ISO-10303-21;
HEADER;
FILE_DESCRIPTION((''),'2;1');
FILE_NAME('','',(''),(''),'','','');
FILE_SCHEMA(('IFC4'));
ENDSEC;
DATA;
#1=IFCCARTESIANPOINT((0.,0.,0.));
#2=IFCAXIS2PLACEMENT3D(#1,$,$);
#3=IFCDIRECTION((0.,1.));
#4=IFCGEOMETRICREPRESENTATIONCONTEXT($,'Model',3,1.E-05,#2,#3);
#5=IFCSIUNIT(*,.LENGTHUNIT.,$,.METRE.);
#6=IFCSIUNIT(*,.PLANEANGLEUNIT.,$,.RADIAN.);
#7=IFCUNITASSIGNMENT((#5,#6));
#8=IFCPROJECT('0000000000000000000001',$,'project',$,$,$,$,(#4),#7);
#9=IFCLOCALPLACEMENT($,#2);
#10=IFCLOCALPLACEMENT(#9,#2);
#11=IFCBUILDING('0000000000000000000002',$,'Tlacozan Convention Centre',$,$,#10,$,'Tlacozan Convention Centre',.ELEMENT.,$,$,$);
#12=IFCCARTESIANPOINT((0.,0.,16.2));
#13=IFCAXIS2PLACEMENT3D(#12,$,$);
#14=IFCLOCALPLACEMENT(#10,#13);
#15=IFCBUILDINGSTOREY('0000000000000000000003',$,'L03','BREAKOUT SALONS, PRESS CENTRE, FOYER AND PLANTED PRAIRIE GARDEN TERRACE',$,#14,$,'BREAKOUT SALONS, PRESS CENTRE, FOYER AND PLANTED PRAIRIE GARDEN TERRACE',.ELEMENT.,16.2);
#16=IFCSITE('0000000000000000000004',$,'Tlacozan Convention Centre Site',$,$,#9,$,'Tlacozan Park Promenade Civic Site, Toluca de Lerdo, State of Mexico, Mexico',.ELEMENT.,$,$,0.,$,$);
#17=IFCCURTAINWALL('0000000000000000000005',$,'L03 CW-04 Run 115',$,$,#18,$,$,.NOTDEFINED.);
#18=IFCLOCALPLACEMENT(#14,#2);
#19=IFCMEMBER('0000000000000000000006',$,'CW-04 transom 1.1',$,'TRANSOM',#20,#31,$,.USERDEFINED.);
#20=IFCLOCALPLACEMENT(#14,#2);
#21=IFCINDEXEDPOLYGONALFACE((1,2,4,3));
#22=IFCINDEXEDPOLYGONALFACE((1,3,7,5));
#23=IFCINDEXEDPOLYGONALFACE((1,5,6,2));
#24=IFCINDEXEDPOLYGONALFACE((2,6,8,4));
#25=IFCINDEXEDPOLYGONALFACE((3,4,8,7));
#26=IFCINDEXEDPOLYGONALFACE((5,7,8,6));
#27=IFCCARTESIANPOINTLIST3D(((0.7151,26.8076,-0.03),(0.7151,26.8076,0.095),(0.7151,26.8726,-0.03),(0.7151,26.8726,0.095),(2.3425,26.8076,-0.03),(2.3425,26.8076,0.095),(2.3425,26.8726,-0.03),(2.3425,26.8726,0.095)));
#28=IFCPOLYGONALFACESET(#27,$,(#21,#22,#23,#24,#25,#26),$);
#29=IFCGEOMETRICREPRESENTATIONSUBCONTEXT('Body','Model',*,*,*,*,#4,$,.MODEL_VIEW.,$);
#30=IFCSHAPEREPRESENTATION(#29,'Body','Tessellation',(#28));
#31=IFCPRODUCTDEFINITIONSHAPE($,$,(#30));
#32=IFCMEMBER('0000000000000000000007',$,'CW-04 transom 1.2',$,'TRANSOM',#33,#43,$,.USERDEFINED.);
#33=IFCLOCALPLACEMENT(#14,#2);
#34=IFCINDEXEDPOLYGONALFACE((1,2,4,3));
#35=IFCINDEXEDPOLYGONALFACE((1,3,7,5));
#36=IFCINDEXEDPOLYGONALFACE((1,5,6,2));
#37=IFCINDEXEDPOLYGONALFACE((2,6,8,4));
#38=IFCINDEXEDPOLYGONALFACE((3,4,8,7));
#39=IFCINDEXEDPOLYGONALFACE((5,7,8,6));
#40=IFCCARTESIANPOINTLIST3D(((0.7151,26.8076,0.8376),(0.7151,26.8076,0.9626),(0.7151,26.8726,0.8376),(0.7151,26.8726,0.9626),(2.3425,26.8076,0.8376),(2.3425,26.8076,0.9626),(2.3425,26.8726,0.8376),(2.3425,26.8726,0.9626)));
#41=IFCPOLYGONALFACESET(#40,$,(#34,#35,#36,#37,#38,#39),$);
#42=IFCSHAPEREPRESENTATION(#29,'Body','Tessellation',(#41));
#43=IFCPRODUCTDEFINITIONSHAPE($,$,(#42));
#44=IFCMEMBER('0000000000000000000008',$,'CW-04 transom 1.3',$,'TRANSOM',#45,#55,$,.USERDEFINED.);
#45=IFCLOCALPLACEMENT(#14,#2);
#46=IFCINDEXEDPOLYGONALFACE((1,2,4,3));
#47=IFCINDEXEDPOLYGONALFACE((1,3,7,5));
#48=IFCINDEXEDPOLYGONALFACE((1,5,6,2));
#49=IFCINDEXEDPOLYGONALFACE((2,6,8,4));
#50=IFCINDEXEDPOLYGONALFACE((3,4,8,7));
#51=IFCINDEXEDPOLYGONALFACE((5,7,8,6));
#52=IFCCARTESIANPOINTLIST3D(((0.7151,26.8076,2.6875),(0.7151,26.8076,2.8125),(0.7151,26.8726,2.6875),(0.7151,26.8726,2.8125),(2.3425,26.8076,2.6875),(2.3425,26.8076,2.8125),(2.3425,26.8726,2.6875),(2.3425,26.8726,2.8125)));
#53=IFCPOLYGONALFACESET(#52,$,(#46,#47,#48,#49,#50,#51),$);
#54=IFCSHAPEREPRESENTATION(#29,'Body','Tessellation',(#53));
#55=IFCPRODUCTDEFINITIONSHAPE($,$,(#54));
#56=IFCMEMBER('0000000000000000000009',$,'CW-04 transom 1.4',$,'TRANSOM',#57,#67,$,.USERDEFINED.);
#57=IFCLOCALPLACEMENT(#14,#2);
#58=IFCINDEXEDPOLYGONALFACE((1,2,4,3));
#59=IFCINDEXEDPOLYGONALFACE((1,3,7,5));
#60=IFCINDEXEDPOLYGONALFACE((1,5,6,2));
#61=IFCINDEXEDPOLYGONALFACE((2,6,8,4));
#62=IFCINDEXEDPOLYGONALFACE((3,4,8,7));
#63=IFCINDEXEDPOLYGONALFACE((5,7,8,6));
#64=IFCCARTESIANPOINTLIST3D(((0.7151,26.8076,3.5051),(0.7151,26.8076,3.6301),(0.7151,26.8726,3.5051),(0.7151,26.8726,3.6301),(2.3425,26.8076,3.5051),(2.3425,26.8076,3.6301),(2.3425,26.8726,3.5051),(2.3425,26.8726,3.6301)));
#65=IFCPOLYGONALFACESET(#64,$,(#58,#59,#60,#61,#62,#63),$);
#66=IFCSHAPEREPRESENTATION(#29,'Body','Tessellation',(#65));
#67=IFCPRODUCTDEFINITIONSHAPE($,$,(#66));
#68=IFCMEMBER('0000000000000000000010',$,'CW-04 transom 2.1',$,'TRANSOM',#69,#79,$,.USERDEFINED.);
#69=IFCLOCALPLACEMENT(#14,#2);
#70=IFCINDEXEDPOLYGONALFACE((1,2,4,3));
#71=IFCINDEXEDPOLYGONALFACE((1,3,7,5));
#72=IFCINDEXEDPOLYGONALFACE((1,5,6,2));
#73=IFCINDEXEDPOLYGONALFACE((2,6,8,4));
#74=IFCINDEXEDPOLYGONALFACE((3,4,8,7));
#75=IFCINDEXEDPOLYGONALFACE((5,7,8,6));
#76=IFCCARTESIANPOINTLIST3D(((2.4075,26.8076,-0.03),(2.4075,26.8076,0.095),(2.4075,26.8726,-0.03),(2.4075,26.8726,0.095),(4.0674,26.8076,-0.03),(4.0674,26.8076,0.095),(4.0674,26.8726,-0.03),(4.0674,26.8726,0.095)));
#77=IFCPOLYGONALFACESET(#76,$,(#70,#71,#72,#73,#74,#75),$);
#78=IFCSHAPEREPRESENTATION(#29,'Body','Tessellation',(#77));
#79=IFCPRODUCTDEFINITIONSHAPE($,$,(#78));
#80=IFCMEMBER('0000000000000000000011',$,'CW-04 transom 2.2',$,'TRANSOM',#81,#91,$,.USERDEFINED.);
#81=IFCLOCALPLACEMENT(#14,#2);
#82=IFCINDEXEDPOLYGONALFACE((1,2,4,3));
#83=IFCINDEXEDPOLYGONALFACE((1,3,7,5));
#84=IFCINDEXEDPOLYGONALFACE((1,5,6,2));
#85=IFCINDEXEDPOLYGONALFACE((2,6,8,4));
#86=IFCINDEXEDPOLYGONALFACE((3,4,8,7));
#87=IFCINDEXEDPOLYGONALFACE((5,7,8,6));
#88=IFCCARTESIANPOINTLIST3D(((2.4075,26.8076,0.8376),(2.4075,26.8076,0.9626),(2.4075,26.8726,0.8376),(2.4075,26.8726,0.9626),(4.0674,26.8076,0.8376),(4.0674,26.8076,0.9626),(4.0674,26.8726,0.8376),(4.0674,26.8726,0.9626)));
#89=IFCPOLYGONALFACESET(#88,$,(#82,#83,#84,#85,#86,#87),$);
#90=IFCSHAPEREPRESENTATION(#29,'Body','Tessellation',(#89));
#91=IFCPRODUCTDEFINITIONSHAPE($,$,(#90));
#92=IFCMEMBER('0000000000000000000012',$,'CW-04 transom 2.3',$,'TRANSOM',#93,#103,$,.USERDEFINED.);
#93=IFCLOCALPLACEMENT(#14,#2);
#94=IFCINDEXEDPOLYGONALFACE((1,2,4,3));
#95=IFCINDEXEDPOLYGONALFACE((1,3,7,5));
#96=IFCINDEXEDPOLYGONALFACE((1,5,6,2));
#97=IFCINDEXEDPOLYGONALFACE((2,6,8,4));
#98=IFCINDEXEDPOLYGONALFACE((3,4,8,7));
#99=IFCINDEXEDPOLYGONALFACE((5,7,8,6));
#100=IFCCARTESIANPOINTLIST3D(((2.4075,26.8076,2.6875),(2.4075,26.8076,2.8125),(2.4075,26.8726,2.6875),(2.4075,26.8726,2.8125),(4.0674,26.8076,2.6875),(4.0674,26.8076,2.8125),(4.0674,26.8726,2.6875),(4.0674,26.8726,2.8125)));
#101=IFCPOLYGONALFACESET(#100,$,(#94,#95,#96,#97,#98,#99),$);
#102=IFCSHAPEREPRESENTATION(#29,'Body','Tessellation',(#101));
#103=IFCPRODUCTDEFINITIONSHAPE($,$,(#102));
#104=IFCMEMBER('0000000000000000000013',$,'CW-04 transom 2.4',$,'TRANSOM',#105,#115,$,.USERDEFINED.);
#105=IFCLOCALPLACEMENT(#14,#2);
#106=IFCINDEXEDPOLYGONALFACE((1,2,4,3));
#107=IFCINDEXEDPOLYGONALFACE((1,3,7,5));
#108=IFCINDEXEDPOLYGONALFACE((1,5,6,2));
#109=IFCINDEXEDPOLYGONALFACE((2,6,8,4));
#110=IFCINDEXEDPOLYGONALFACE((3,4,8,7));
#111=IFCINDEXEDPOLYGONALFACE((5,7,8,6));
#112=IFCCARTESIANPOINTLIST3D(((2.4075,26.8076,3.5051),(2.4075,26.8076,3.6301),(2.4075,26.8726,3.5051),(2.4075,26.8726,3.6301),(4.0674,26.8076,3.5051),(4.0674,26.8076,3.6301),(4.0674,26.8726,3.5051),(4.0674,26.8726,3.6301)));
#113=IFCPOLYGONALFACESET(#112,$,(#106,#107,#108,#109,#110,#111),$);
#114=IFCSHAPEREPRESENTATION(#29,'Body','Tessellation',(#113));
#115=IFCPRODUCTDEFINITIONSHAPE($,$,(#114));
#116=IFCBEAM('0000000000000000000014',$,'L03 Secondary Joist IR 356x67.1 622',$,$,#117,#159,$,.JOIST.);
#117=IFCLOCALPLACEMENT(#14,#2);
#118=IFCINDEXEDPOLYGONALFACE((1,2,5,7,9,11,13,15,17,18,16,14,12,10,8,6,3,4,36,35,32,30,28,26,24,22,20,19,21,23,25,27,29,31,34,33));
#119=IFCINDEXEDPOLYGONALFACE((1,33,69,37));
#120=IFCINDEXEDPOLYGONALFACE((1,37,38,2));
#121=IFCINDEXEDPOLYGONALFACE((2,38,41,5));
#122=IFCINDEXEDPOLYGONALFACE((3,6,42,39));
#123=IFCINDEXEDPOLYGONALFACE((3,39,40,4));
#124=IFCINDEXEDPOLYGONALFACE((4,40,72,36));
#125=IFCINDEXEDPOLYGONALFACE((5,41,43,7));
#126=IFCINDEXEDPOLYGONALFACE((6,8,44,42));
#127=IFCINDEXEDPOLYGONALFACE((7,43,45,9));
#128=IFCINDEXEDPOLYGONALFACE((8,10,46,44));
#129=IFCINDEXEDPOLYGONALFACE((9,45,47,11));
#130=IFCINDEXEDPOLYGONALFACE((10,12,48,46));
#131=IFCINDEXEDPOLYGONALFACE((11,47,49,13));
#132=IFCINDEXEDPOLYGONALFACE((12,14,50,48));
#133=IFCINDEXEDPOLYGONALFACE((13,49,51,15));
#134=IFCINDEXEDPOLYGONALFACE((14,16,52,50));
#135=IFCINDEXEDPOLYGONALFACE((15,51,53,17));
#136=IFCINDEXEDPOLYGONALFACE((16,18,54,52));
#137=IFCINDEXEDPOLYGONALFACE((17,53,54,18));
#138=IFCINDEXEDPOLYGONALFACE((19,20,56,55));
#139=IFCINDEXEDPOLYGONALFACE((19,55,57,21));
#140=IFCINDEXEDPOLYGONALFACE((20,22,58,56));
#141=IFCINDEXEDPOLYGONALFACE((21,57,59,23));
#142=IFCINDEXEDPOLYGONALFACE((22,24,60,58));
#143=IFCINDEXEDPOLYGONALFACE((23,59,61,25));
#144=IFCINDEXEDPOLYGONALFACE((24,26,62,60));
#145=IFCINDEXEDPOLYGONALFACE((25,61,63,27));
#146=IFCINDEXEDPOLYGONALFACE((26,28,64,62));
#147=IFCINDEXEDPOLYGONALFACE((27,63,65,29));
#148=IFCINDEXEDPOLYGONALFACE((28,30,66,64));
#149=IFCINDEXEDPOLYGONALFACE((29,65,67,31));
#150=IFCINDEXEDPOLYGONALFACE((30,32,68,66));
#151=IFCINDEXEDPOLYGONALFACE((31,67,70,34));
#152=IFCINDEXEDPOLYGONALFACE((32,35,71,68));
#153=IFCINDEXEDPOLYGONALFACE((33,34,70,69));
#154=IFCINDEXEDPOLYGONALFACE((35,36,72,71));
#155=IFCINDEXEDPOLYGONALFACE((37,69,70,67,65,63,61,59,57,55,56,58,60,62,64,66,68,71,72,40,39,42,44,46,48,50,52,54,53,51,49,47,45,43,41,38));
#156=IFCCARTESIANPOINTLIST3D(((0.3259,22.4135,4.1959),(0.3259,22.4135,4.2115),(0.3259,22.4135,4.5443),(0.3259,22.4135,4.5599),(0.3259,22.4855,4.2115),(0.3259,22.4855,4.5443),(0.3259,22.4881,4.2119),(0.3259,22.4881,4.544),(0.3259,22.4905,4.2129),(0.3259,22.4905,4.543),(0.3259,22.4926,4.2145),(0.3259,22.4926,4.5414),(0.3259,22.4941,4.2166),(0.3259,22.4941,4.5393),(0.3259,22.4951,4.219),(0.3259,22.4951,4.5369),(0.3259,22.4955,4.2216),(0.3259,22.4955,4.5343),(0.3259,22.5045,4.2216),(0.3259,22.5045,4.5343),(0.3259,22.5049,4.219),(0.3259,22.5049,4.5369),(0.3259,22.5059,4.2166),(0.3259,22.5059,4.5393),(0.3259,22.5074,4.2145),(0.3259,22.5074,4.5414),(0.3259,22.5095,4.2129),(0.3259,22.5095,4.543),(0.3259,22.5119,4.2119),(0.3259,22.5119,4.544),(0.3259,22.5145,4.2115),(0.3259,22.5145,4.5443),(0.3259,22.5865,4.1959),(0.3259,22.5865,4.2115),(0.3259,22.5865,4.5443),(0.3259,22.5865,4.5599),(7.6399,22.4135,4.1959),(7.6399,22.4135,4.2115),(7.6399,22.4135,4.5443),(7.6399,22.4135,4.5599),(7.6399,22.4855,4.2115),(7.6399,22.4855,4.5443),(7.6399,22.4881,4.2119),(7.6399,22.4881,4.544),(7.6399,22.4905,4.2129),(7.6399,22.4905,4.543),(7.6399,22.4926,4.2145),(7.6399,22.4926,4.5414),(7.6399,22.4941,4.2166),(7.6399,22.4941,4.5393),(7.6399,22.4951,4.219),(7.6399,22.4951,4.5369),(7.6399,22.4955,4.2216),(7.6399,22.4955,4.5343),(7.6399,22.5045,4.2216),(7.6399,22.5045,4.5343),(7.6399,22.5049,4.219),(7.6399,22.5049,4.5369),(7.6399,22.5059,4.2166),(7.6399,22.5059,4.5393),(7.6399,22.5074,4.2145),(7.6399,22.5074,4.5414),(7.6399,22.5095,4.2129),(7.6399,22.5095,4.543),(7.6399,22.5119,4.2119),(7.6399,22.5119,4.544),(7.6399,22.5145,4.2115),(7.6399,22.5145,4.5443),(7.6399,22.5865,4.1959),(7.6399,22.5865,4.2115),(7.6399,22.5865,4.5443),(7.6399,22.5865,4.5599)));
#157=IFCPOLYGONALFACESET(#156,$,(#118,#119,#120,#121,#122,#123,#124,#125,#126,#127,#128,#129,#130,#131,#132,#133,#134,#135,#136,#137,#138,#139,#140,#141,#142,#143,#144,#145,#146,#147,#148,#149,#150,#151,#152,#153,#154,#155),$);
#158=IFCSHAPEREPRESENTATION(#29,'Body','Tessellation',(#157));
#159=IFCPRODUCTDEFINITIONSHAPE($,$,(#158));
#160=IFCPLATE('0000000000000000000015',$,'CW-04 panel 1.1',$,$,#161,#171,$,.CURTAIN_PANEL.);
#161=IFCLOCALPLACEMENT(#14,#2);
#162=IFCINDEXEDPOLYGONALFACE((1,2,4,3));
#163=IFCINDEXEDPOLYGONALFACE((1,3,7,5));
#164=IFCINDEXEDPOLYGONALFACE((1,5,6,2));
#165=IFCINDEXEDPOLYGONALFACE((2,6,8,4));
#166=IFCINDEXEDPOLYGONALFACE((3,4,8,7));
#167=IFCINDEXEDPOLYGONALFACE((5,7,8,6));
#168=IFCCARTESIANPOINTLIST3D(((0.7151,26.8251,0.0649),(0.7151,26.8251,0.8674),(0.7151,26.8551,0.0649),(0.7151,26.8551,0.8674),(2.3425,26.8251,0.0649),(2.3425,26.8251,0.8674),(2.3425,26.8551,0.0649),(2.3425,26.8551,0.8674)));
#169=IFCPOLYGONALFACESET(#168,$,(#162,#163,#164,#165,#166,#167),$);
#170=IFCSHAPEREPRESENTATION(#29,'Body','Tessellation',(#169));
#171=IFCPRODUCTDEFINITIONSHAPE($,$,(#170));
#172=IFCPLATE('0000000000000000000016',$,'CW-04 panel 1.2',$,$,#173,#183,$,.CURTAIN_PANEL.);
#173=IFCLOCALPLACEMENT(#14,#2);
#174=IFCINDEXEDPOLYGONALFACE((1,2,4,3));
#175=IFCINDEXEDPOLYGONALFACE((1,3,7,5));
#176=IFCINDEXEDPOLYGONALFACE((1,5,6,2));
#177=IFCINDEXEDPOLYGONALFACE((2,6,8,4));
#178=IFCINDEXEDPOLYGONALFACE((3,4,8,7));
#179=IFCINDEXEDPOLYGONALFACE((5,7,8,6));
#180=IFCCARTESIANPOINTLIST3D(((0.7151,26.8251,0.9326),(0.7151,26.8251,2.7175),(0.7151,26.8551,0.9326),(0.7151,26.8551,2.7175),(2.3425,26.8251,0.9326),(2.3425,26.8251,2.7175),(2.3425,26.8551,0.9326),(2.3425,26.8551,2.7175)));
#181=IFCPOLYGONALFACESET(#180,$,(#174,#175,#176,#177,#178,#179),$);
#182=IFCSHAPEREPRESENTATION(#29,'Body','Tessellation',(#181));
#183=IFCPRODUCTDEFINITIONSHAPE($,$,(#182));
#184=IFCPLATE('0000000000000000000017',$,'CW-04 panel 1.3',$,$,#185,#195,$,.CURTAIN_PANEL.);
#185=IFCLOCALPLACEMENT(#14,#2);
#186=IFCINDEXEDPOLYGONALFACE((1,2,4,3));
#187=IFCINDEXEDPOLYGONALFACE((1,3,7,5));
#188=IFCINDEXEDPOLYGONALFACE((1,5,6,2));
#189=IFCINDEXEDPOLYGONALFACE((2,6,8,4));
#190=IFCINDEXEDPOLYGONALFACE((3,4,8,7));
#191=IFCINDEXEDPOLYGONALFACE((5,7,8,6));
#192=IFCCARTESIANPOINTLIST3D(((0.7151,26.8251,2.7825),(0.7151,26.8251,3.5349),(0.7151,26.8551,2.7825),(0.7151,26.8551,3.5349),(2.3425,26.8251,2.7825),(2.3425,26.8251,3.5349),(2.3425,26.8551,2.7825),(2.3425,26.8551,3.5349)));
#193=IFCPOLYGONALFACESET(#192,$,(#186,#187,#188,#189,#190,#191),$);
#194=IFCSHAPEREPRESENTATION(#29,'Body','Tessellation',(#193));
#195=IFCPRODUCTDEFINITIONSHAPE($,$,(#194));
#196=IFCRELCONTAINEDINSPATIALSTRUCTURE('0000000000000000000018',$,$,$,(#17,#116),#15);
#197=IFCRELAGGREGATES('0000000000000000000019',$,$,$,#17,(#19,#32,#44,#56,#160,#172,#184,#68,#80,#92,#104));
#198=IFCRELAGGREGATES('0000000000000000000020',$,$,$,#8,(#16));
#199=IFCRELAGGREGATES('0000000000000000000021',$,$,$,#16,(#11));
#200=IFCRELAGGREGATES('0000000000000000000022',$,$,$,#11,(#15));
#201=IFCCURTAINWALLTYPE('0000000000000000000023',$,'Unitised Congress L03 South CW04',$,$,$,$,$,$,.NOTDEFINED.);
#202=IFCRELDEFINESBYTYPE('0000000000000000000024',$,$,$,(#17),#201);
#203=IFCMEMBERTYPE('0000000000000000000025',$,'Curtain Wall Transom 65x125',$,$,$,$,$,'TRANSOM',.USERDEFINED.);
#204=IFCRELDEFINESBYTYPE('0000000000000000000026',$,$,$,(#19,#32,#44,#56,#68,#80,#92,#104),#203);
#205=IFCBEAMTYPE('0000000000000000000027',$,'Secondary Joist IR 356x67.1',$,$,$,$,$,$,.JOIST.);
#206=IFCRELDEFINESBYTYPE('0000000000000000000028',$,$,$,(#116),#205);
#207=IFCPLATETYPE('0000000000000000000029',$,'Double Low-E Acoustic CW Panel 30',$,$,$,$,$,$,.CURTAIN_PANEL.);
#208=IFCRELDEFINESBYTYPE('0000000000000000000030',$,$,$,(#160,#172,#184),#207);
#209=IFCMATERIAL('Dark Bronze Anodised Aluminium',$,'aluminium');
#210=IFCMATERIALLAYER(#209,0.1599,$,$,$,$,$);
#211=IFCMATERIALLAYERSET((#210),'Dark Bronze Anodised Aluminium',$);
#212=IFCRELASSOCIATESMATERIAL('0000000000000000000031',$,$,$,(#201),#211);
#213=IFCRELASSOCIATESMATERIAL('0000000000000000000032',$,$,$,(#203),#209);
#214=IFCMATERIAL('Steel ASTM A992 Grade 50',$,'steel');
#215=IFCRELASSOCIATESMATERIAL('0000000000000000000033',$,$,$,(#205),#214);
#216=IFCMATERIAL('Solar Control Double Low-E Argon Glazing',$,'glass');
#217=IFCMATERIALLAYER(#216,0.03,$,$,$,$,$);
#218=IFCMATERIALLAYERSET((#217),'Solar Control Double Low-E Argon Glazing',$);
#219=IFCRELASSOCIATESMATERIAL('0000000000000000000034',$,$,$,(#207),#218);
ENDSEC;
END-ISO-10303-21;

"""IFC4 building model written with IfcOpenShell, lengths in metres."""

from ifc_helpers import new_model, si_unit, direction, frame, origin, origin_2d, place, context, subcontext, project, spatial, rectangle, i_section, extrude, material, layer, layer_set, material_profile, profile_set, type_object, element, aggregate, save


model = new_model("IFC4")

# Units and contexts
model_context = context("Model", 3, precision=1e-05, world=origin(), true_north=direction((0.0, 1.0)))
body_context = subcontext(model_context, "Body", "Model", "MODEL_VIEW")
ifc_project = project(units=[si_unit("LENGTHUNIT", "METRE"), si_unit("PLANEANGLEUNIT", "RADIAN")], contexts=[model_context])

# Site, building, storey
site_placement = place(None, origin())
site = spatial("IfcSite", under=ifc_project, at=site_placement, Name="Tlacozan Convention Centre Site", LongName="Tlacozan Park Promenade Civic Site, Toluca de Lerdo, State of Mexico, Mexico", CompositionType="ELEMENT", RefElevation=0.0)
building_placement = place(site_placement, origin())
building = spatial("IfcBuilding", under=site, at=building_placement, Name="Tlacozan Convention Centre", LongName="Tlacozan Convention Centre", CompositionType="ELEMENT")
storey_placement = place(building_placement, frame((0.0, 0.0, 16.2)))
storey = spatial("IfcBuildingStorey", under=building, at=storey_placement, Name="L03", Description="BREAKOUT SALONS, PRESS CENTRE, FOYER AND PLANTED PRAIRIE GARDEN TERRACE", LongName="BREAKOUT SALONS, PRESS CENTRE, FOYER AND PLANTED PRAIRIE GARDEN TERRACE", CompositionType="ELEMENT", Elevation=16.2)

# Curtain wall, members
ifc_material_1 = material(Name="Dark Bronze Anodised Aluminium", Category="aluminium")
ifc_layer_1 = layer(ifc_material_1, 0.1599)
ifc_layer_set_1 = layer_set([ifc_layer_1], Name="Dark Bronze Anodised Aluminium")
curtain_wall_type_1 = type_object("IfcCurtainWallType", Name="Unitised Congress L03 South CW04", PredefinedType="NOTDEFINED", material=ifc_layer_set_1)
curtain_wall_1_placement = place(storey_placement, origin())
curtain_wall_1 = element("IfcCurtainWall", 1, at=curtain_wall_1_placement, inside=storey, type_object=curtain_wall_type_1, Name="L03 CW-04 Run 115", PredefinedType="NOTDEFINED")
ifc_material_profile_1 = material_profile(ifc_material_1, rectangle(XDim=0.0649, YDim=0.125, at=origin_2d()), Name="ALU 65x125")
ifc_profile_set_1 = profile_set([ifc_material_profile_1], Name="Dark Bronze Anodised Aluminium")
member_type_1 = type_object("IfcMemberType", Name="Curtain Wall Transom 65x125", ElementType="TRANSOM", PredefinedType="USERDEFINED", material=ifc_profile_set_1)
member_1_placement = place(storey_placement, frame((0.7151, 26.8401, 0.0325), z_axis=(1.0, 0.0, 0.0), x_axis=(0.0, 1.0, 0.0)))
member_1 = element("IfcMember", 2, at=member_1_placement, type_object=member_type_1, Name="CW-04 transom 1.1", ObjectType="TRANSOM", PredefinedType="USERDEFINED", context=body_context, shape_type="SweptSolid", body=[
    extrude(rectangle(XDim=0.0649, YDim=0.125, at=origin_2d()), origin(), (0.0, 0.0, 1.0), 1.6274),
])
member_2_placement = place(storey_placement, frame((0.7151, 26.8401, 0.9001), z_axis=(1.0, 0.0, 0.0), x_axis=(0.0, 1.0, 0.0)))
member_2 = element("IfcMember", 3, at=member_2_placement, type_object=member_type_1, Name="CW-04 transom 1.2", ObjectType="TRANSOM", PredefinedType="USERDEFINED", context=body_context, shape_type="SweptSolid", body=[
    extrude(rectangle(XDim=0.0649, YDim=0.125, at=origin_2d()), origin(), (0.0, 0.0, 1.0), 1.6274),
])
member_3_placement = place(storey_placement, frame((0.7151, 26.8401, 2.75), z_axis=(1.0, 0.0, 0.0), x_axis=(0.0, 1.0, 0.0)))
member_3 = element("IfcMember", 4, at=member_3_placement, type_object=member_type_1, Name="CW-04 transom 1.3", ObjectType="TRANSOM", PredefinedType="USERDEFINED", context=body_context, shape_type="SweptSolid", body=[
    extrude(rectangle(XDim=0.0649, YDim=0.125, at=origin_2d()), origin(), (0.0, 0.0, 1.0), 1.6274),
])
member_4_placement = place(storey_placement, frame((0.7151, 26.8401, 3.5676), z_axis=(1.0, 0.0, 0.0), x_axis=(0.0, 1.0, 0.0)))
member_4 = element("IfcMember", 5, at=member_4_placement, type_object=member_type_1, Name="CW-04 transom 1.4", ObjectType="TRANSOM", PredefinedType="USERDEFINED", context=body_context, shape_type="SweptSolid", body=[
    extrude(rectangle(XDim=0.0649, YDim=0.125, at=origin_2d()), origin(), (0.0, 0.0, 1.0), 1.6274),
])
member_5_placement = place(storey_placement, frame((2.4075, 26.8401, 0.0325), z_axis=(1.0, 0.0, 0.0), x_axis=(0.0, 1.0, 0.0)))
member_5 = element("IfcMember", 6, at=member_5_placement, type_object=member_type_1, Name="CW-04 transom 2.1", ObjectType="TRANSOM", PredefinedType="USERDEFINED", context=body_context, shape_type="SweptSolid", body=[
    extrude(rectangle(XDim=0.0649, YDim=0.125, at=origin_2d()), origin(), (0.0, 0.0, 1.0), 1.6599),
])
member_6_placement = place(storey_placement, frame((2.4075, 26.8401, 0.9001), z_axis=(1.0, 0.0, 0.0), x_axis=(0.0, 1.0, 0.0)))
member_6 = element("IfcMember", 7, at=member_6_placement, type_object=member_type_1, Name="CW-04 transom 2.2", ObjectType="TRANSOM", PredefinedType="USERDEFINED", context=body_context, shape_type="SweptSolid", body=[
    extrude(rectangle(XDim=0.0649, YDim=0.125, at=origin_2d()), origin(), (0.0, 0.0, 1.0), 1.6599),
])
member_7_placement = place(storey_placement, frame((2.4075, 26.8401, 2.75), z_axis=(1.0, 0.0, 0.0), x_axis=(0.0, 1.0, 0.0)))
member_7 = element("IfcMember", 8, at=member_7_placement, type_object=member_type_1, Name="CW-04 transom 2.3", ObjectType="TRANSOM", PredefinedType="USERDEFINED", context=body_context, shape_type="SweptSolid", body=[
    extrude(rectangle(XDim=0.0649, YDim=0.125, at=origin_2d()), origin(), (0.0, 0.0, 1.0), 1.6599),
])
member_8_placement = place(storey_placement, frame((2.4075, 26.8401, 3.5676), z_axis=(1.0, 0.0, 0.0), x_axis=(0.0, 1.0, 0.0)))
member_8 = element("IfcMember", 9, at=member_8_placement, type_object=member_type_1, Name="CW-04 transom 2.4", ObjectType="TRANSOM", PredefinedType="USERDEFINED", context=body_context, shape_type="SweptSolid", body=[
    extrude(rectangle(XDim=0.0649, YDim=0.125, at=origin_2d()), origin(), (0.0, 0.0, 1.0), 1.6599),
])

# Beam
ifc_material_2 = material(Name="Steel ASTM A992 Grade 50", Category="steel")
ifc_material_profile_2 = material_profile(ifc_material_2, i_section(OverallWidth=0.1731, OverallDepth=0.364, WebThickness=0.009, FlangeThickness=0.0156, FilletRadius=0.01, at=origin_2d()), Name="IR 356x67.1")
ifc_profile_set_2 = profile_set([ifc_material_profile_2], Name="Steel ASTM A992 Grade 50")
beam_type = type_object("IfcBeamType", Name="Secondary Joist IR 356x67.1", PredefinedType="JOIST", material=ifc_profile_set_2)
beam_placement = place(storey_placement, frame((0.3259, 22.5, 4.3779), z_axis=(1.0, 0.0, 0.0), x_axis=(0.0, 1.0, 0.0)))
element("IfcBeam", 10, at=beam_placement, inside=storey, type_object=beam_type, Name="L03 Secondary Joist IR 356x67.1 622", PredefinedType="JOIST", context=body_context, shape_type="SweptSolid", body=[
    extrude(i_section(OverallWidth=0.1731, OverallDepth=0.364, WebThickness=0.009, FlangeThickness=0.0156, FilletRadius=0.01, at=origin_2d()), origin(), (0.0, 0.0, 1.0), 7.314),
])

# Plates
ifc_material_3 = material(Name="Solar Control Double Low-E Argon Glazing", Category="glass")
ifc_layer_2 = layer(ifc_material_3, 0.03)
ifc_layer_set_2 = layer_set([ifc_layer_2], Name="Solar Control Double Low-E Argon Glazing")
plate_type_1 = type_object("IfcPlateType", Name="Double Low-E Acoustic CW Panel 30", PredefinedType="CURTAIN_PANEL", material=ifc_layer_set_2)
plate_1_placement = place(storey_placement, frame((1.5288, 26.8401, 0.0649), z_axis=(0.0, 0.0, 1.0), x_axis=(1.0, 0.0, 0.0)))
plate_1 = element("IfcPlate", 11, at=plate_1_placement, type_object=plate_type_1, Name="CW-04 panel 1.1", PredefinedType="CURTAIN_PANEL", context=body_context, shape_type="SweptSolid", body=[
    extrude(rectangle(XDim=1.6274, YDim=0.03, at=origin_2d()), origin(), (0.0, 0.0, 1.0), 0.8025),
])
plate_2_placement = place(storey_placement, frame((1.5288, 26.8401, 0.9326), z_axis=(0.0, 0.0, 1.0), x_axis=(1.0, 0.0, 0.0)))
plate_2 = element("IfcPlate", 12, at=plate_2_placement, type_object=plate_type_1, Name="CW-04 panel 1.2", PredefinedType="CURTAIN_PANEL", context=body_context, shape_type="SweptSolid", body=[
    extrude(rectangle(XDim=1.6274, YDim=0.03, at=origin_2d()), origin(), (0.0, 0.0, 1.0), 1.7849),
])
plate_3_placement = place(storey_placement, frame((1.5288, 26.8401, 2.7825), z_axis=(0.0, 0.0, 1.0), x_axis=(1.0, 0.0, 0.0)))
plate_3 = element("IfcPlate", 13, at=plate_3_placement, type_object=plate_type_1, Name="CW-04 panel 1.3", PredefinedType="CURTAIN_PANEL", context=body_context, shape_type="SweptSolid", body=[
    extrude(rectangle(XDim=1.6274, YDim=0.03, at=origin_2d()), origin(), (0.0, 0.0, 1.0), 0.7524),
])
aggregate(curtain_wall_1, [member_1, member_2, member_3, member_4, plate_1, plate_2, plate_3, member_5, member_6, member_7, member_8])

save(model, "model.ifc")
